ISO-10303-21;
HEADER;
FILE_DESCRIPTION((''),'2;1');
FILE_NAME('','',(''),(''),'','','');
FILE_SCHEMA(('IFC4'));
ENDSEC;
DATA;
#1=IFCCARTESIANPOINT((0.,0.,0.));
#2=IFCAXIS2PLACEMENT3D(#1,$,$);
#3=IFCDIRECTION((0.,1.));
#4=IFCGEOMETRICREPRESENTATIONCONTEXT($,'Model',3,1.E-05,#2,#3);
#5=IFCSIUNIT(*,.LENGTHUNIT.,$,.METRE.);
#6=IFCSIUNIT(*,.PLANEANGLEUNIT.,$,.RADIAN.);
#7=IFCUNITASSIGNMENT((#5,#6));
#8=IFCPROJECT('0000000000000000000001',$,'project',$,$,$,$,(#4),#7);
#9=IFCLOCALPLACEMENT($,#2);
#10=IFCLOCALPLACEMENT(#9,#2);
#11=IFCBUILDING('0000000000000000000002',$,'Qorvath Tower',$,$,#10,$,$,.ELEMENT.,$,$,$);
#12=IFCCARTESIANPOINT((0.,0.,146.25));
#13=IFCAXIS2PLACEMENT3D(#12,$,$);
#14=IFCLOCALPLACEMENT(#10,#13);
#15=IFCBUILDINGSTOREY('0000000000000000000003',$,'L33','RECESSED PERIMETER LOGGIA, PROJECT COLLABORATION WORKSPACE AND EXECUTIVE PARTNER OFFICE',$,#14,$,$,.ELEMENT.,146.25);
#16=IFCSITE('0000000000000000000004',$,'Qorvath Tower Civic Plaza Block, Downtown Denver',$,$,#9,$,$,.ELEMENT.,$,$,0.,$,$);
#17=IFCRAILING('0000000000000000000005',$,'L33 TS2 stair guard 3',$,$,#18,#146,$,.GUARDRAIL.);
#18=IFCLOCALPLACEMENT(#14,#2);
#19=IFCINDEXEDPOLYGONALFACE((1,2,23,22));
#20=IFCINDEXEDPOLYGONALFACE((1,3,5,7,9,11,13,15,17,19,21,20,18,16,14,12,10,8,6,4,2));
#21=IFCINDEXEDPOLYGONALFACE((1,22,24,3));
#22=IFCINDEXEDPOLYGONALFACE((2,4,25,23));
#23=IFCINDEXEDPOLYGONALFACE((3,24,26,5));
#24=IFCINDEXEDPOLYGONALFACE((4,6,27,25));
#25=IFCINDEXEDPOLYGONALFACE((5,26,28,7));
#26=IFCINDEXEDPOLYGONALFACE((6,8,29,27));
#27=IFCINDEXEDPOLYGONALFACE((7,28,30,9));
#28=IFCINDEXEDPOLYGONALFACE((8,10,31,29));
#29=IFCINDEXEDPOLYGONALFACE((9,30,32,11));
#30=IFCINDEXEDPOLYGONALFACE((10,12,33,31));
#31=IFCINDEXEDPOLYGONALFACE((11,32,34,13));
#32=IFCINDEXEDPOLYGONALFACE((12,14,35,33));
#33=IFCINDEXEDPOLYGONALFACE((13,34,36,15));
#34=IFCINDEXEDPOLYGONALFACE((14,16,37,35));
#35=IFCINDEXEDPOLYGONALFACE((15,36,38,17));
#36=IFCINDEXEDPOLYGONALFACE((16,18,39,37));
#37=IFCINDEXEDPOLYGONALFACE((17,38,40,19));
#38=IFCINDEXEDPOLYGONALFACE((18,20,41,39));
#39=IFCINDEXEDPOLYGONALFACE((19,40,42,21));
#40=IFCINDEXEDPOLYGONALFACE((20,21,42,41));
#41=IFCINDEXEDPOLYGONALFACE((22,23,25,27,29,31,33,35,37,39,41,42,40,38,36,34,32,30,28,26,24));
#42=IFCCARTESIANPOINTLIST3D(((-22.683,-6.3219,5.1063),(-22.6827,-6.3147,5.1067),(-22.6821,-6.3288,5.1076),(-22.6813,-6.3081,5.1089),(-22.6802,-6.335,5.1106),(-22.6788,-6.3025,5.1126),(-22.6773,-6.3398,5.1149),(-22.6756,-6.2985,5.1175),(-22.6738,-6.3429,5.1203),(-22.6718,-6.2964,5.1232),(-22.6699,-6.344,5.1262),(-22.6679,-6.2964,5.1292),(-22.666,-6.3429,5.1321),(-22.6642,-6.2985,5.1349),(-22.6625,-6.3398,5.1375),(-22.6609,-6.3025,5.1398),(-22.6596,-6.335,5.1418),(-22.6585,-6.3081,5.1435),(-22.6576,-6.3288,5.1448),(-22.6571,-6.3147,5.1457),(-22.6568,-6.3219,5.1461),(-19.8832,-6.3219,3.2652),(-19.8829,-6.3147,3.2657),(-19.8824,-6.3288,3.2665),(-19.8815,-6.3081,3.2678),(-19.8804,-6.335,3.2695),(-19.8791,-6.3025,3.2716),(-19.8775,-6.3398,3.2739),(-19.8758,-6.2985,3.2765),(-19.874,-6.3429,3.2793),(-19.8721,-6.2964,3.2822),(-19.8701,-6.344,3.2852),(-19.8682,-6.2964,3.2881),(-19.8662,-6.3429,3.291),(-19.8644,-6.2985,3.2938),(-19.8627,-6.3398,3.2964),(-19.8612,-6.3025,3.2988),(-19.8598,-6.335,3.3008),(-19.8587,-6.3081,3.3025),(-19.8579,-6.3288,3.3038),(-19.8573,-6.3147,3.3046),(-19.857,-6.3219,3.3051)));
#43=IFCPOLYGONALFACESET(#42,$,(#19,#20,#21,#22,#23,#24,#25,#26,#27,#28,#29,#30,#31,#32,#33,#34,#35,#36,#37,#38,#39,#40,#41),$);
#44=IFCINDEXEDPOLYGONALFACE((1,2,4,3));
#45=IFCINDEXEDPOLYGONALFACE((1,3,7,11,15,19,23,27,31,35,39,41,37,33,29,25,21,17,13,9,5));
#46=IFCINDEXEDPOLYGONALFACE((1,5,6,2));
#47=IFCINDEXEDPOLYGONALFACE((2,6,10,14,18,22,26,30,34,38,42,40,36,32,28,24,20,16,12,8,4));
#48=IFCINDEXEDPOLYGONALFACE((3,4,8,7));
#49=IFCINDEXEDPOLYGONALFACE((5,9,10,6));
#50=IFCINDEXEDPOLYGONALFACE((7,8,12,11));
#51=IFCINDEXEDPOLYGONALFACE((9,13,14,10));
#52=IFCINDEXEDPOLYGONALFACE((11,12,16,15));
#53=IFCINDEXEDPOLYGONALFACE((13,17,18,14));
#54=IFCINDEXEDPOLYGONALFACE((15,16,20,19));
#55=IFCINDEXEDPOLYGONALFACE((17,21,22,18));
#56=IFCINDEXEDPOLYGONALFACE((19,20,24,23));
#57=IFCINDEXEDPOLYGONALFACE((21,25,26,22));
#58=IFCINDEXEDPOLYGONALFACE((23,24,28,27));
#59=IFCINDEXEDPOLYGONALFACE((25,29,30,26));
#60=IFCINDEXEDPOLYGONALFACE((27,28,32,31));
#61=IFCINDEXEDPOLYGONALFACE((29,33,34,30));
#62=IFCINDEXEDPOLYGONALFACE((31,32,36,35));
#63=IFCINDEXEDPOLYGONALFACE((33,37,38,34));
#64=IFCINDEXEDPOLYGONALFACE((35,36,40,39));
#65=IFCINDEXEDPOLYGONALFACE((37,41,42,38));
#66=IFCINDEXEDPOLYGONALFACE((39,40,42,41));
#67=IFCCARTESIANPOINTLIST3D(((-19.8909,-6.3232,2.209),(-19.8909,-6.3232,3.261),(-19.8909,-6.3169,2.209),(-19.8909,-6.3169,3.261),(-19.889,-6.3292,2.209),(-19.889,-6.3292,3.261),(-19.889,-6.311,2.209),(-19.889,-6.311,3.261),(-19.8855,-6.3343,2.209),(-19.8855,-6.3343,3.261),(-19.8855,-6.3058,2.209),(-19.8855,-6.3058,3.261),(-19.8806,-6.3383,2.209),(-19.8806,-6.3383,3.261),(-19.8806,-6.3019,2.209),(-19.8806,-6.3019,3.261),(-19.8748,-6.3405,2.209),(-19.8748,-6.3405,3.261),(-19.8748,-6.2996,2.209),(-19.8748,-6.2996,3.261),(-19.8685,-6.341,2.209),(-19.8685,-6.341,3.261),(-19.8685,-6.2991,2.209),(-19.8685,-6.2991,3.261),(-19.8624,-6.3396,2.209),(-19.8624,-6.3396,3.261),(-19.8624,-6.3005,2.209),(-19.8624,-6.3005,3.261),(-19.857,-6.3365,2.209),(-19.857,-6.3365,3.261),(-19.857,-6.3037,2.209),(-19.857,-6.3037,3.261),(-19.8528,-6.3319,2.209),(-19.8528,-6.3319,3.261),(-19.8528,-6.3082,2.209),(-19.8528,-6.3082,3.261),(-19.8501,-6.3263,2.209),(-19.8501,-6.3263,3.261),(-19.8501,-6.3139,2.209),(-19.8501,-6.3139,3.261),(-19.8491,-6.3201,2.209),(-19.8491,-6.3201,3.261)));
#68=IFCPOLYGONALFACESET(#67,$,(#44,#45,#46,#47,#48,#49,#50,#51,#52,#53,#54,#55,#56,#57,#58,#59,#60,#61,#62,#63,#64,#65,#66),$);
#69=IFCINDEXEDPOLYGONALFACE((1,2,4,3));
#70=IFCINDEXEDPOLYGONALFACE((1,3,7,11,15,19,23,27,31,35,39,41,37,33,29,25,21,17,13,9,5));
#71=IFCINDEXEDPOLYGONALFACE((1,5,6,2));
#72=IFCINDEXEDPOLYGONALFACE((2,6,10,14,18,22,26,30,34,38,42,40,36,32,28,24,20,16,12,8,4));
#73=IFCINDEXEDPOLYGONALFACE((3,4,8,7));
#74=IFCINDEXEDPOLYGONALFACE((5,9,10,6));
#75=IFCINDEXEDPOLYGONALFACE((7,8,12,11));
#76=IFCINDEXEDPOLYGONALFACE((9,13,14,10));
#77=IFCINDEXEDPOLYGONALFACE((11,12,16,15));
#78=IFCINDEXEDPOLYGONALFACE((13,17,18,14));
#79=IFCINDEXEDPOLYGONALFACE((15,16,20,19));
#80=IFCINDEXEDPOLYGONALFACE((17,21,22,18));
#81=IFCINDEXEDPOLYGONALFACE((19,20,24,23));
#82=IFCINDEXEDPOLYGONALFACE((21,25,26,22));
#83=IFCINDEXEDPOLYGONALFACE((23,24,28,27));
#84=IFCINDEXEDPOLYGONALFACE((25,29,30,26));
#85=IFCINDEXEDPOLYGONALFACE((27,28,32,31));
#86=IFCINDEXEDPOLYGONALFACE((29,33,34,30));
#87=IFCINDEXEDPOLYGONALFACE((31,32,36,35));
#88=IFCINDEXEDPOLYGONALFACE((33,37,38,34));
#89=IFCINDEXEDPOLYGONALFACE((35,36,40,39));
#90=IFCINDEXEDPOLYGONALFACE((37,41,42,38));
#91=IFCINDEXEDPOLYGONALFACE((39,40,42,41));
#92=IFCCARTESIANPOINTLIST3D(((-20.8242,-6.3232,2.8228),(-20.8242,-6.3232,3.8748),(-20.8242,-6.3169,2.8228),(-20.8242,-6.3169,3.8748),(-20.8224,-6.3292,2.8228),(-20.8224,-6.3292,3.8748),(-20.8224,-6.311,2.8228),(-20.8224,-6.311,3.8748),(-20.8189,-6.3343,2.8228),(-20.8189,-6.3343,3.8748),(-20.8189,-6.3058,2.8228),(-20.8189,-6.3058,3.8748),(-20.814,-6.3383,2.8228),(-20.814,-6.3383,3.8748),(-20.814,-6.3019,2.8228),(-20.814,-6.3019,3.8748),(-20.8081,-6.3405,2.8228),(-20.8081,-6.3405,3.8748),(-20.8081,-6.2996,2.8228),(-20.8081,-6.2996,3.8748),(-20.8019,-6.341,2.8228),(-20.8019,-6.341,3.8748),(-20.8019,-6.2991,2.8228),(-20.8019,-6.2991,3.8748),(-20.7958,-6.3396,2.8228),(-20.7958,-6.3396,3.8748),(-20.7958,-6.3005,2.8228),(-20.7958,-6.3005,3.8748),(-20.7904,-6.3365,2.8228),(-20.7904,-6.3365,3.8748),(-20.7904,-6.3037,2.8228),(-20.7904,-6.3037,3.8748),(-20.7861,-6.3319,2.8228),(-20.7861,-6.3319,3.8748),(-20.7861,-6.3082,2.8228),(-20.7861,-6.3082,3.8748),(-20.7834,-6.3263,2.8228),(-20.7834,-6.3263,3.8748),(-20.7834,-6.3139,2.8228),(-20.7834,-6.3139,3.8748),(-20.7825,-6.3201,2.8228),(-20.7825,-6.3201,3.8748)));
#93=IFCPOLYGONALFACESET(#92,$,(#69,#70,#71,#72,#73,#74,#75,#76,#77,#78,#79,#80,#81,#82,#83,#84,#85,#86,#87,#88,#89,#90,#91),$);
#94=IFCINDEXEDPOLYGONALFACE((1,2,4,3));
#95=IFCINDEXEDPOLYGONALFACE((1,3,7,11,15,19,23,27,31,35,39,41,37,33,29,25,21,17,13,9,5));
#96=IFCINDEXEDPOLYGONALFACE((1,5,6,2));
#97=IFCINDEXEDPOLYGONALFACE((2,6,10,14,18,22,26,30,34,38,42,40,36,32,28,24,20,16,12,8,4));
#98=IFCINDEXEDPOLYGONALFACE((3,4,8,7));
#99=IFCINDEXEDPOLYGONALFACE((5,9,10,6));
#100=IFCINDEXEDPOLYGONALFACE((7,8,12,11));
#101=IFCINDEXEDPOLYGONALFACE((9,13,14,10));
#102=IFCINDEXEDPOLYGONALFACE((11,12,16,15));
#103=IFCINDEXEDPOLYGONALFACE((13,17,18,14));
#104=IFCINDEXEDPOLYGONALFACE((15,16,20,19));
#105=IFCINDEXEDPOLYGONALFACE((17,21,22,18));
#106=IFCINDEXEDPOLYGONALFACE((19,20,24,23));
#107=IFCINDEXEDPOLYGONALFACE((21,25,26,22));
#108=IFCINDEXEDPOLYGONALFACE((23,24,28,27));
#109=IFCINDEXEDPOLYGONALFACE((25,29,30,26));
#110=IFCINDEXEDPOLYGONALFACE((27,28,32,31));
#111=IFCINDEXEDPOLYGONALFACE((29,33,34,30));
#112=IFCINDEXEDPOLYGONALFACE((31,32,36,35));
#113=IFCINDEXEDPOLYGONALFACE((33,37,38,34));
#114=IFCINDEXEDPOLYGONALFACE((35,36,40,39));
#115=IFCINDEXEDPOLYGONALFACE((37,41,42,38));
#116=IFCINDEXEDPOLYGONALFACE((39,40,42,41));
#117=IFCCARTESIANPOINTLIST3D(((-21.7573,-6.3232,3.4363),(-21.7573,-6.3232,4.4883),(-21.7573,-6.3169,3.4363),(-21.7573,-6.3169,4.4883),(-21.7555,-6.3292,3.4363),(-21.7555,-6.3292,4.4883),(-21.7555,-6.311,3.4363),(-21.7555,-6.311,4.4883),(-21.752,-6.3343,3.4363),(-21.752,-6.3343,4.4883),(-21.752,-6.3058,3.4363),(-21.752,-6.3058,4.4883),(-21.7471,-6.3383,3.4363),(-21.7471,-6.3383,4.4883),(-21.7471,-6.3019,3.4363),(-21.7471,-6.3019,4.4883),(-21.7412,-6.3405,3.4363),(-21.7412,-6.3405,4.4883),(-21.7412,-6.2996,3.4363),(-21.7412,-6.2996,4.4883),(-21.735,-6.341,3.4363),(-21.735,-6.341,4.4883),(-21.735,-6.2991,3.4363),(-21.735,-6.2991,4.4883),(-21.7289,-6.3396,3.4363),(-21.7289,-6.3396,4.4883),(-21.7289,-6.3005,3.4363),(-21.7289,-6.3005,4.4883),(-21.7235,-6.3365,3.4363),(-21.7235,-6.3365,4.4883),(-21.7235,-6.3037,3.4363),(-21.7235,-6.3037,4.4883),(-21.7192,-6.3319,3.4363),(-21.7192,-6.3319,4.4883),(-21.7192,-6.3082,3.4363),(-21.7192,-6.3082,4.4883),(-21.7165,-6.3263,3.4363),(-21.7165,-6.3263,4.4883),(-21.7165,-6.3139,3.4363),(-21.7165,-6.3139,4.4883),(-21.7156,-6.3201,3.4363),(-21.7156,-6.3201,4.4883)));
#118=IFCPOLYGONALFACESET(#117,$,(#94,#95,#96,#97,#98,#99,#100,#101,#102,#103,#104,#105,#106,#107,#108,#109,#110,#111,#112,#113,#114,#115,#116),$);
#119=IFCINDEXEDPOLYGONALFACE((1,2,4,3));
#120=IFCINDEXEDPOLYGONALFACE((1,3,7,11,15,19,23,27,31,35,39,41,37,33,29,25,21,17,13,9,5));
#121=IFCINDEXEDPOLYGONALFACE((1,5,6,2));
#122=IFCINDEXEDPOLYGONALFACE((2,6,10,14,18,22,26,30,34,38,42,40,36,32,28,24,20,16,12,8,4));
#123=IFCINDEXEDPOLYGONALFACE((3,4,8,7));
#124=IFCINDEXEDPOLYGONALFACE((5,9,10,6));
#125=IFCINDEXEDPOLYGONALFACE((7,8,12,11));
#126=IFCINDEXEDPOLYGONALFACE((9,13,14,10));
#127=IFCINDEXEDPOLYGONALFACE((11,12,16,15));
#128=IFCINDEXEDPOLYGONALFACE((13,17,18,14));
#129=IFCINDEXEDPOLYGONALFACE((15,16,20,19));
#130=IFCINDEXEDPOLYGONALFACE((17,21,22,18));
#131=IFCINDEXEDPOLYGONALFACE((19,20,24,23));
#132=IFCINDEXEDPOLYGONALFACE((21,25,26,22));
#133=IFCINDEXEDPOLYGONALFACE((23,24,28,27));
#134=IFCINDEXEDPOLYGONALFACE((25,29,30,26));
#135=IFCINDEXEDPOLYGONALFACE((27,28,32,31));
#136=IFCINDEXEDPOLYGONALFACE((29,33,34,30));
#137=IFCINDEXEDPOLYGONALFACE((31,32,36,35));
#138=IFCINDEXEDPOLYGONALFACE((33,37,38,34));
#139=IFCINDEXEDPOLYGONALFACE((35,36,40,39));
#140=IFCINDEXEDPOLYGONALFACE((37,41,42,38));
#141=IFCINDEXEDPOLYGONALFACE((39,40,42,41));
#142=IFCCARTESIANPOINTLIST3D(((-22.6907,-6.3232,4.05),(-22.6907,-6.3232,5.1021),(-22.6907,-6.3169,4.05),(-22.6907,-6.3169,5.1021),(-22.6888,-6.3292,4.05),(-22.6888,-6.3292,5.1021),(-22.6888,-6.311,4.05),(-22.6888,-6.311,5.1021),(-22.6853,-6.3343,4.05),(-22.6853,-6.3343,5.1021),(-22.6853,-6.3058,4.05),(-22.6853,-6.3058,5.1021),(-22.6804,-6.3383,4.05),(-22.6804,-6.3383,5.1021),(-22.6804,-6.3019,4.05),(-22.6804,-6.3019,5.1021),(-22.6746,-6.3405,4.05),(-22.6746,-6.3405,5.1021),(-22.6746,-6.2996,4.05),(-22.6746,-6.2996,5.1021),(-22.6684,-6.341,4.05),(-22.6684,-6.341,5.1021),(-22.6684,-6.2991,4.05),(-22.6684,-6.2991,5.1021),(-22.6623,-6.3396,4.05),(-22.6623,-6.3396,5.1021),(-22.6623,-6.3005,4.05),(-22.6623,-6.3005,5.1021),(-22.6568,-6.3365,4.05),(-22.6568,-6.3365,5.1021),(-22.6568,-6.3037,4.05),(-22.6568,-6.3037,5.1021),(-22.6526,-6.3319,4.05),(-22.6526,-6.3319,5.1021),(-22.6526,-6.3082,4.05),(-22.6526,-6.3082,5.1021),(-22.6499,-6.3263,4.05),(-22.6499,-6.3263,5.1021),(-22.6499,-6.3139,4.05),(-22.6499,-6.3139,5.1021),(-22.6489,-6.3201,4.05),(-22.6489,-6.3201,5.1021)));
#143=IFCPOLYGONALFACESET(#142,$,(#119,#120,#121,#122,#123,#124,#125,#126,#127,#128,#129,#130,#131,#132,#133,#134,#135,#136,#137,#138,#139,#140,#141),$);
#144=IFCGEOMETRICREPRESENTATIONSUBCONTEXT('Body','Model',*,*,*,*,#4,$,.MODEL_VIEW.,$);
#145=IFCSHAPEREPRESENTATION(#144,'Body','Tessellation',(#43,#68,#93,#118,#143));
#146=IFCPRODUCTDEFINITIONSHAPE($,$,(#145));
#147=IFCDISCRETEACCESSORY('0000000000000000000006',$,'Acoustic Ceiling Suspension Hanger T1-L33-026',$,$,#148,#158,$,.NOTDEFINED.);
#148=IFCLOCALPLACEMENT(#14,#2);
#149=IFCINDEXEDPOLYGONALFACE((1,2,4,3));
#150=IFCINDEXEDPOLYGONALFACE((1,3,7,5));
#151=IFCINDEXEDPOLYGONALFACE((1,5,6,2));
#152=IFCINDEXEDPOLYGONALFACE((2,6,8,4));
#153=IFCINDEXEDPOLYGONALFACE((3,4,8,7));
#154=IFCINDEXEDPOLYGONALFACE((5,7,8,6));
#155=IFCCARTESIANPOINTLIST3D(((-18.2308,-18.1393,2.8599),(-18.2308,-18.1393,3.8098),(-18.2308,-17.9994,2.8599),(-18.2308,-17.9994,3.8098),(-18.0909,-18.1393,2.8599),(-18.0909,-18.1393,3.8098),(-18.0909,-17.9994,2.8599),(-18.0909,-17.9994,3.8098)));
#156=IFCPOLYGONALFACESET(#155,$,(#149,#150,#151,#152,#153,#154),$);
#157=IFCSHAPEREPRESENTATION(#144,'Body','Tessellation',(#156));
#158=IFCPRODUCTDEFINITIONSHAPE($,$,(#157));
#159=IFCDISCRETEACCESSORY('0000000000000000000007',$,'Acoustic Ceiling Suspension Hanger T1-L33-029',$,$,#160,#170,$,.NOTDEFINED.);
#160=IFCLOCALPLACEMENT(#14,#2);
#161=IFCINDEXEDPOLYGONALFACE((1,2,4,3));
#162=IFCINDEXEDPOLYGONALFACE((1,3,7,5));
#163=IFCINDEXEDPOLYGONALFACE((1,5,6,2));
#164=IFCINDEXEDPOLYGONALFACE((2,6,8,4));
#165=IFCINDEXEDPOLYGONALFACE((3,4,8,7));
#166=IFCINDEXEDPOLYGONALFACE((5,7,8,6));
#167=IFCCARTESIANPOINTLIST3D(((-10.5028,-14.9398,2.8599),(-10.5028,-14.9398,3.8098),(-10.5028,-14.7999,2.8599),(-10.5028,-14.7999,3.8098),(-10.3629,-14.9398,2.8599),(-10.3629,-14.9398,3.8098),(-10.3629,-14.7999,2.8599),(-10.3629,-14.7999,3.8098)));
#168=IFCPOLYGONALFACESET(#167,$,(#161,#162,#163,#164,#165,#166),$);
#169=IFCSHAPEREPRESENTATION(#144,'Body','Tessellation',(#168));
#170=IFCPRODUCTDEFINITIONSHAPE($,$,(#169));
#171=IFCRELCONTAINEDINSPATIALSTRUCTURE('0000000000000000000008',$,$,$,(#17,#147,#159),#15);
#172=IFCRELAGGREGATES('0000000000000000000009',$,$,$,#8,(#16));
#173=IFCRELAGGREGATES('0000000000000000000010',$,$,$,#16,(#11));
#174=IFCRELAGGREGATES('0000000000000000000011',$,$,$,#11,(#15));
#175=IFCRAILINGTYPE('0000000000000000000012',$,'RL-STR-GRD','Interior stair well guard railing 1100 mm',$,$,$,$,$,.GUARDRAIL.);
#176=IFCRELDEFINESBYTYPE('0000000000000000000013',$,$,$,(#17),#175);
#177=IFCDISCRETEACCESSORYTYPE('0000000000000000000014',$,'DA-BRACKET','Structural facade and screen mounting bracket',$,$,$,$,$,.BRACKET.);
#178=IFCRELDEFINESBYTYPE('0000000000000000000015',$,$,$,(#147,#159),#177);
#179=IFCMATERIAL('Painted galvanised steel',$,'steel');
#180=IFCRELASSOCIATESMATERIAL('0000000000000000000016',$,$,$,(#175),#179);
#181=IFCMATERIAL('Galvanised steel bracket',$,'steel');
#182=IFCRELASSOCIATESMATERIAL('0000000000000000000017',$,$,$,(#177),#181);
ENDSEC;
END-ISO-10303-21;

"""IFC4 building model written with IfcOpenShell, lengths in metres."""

from ifc_helpers import new_model, si_unit, direction, frame, origin, origin_2d, place, context, subcontext, project, spatial, rectangle, circle, extrude, material, type_object, element, save


model = new_model("IFC4")

# Units and contexts
model_context = context("Model", 3, precision=1e-05, world=origin(), true_north=direction((0.0, 1.0)))
body_context = subcontext(model_context, "Body", "Model", "MODEL_VIEW")
ifc_project = project(units=[si_unit("LENGTHUNIT", "METRE"), si_unit("PLANEANGLEUNIT", "RADIAN")], contexts=[model_context])

# Site, building, storey
site_placement = place(None, origin())
site = spatial("IfcSite", under=ifc_project, at=site_placement, Name="Qorvath Tower Civic Plaza Block, Downtown Denver", CompositionType="ELEMENT", RefElevation=0.0)
building_placement = place(site_placement, origin())
building = spatial("IfcBuilding", under=site, at=building_placement, Name="Qorvath Tower", CompositionType="ELEMENT")
storey_placement = place(building_placement, frame((0.0, 0.0, 146.25)))
storey = spatial("IfcBuildingStorey", under=building, at=storey_placement, Name="L33", Description="RECESSED PERIMETER LOGGIA, PROJECT COLLABORATION WORKSPACE AND EXECUTIVE PARTNER OFFICE", CompositionType="ELEMENT", Elevation=146.25)

# Railing
ifc_material_1 = material(Name="Painted galvanised steel", Category="steel")
railing_type = type_object("IfcRailingType", Name="RL-STR-GRD", Description="Interior stair well guard railing 1100 mm", PredefinedType="GUARDRAIL", material=ifc_material_1)
railing_1_placement = place(storey_placement, frame((-19.8701, -6.3201, 2.209)))
element("IfcRailing", 1, at=railing_1_placement, inside=storey, type_object=railing_type, Name="L33 TS2 stair guard 3", PredefinedType="GUARDRAIL", context=body_context, shape_type="SweptSolid", body=[
    extrude(circle(Radius=0.0239, at=origin_2d()), frame((0.0, 0.0, 1.0762), z_axis=(-0.835542, 0.0, 0.549426), x_axis=(0.0, -1.0, 0.0)), (0.0, 0.0, 1.0), 3.3508),
    extrude(circle(Radius=0.021, at=origin_2d()), origin(), (0.0, 0.0, 1.0), 1.052),
    extrude(circle(Radius=0.021, at=origin_2d()), frame((-0.9333, 0.0, 0.6138)), (0.0, 0.0, 1.0), 1.052),
    extrude(circle(Radius=0.021, at=origin_2d()), frame((-1.8665, 0.0, 1.2273)), (0.0, 0.0, 1.0), 1.052),
    extrude(circle(Radius=0.021, at=origin_2d()), frame((-2.7998, 0.0, 1.8411)), (0.0, 0.0, 1.0), 1.052),
])

# Discrete accessories
ifc_material_2 = material(Name="Galvanised steel bracket", Category="steel")
discrete_accessory_type = type_object("IfcDiscreteAccessoryType", Name="DA-BRACKET", Description="Structural facade and screen mounting bracket", PredefinedType="BRACKET", material=ifc_material_2)
for number, where, z_axis, x_axis, name in (
    (2, (-18.1609, -18.0693, 2.8599), (0.0, 0.0, 1.0), (1.0, 0.0, 0.0), "Acoustic Ceiling Suspension Hanger T1-L33-026"),
    (3, (-10.4329, -14.8699, 2.8599), (0.0, 0.0, 1.0), (1.0, 0.0, 0.0), "Acoustic Ceiling Suspension Hanger T1-L33-029"),
):
    element("IfcDiscreteAccessory", number, at=place(storey_placement, frame(where, z_axis=z_axis, x_axis=x_axis)), inside=storey, type_object=discrete_accessory_type, Name=name, PredefinedType="NOTDEFINED", context=body_context, shape_type="SweptSolid", body=[
        extrude(rectangle(XDim=0.1399, YDim=0.1399, at=origin_2d()), origin(), (0.0, 0.0, 1.0), 0.95),
    ])

save(model, "model.ifc")
